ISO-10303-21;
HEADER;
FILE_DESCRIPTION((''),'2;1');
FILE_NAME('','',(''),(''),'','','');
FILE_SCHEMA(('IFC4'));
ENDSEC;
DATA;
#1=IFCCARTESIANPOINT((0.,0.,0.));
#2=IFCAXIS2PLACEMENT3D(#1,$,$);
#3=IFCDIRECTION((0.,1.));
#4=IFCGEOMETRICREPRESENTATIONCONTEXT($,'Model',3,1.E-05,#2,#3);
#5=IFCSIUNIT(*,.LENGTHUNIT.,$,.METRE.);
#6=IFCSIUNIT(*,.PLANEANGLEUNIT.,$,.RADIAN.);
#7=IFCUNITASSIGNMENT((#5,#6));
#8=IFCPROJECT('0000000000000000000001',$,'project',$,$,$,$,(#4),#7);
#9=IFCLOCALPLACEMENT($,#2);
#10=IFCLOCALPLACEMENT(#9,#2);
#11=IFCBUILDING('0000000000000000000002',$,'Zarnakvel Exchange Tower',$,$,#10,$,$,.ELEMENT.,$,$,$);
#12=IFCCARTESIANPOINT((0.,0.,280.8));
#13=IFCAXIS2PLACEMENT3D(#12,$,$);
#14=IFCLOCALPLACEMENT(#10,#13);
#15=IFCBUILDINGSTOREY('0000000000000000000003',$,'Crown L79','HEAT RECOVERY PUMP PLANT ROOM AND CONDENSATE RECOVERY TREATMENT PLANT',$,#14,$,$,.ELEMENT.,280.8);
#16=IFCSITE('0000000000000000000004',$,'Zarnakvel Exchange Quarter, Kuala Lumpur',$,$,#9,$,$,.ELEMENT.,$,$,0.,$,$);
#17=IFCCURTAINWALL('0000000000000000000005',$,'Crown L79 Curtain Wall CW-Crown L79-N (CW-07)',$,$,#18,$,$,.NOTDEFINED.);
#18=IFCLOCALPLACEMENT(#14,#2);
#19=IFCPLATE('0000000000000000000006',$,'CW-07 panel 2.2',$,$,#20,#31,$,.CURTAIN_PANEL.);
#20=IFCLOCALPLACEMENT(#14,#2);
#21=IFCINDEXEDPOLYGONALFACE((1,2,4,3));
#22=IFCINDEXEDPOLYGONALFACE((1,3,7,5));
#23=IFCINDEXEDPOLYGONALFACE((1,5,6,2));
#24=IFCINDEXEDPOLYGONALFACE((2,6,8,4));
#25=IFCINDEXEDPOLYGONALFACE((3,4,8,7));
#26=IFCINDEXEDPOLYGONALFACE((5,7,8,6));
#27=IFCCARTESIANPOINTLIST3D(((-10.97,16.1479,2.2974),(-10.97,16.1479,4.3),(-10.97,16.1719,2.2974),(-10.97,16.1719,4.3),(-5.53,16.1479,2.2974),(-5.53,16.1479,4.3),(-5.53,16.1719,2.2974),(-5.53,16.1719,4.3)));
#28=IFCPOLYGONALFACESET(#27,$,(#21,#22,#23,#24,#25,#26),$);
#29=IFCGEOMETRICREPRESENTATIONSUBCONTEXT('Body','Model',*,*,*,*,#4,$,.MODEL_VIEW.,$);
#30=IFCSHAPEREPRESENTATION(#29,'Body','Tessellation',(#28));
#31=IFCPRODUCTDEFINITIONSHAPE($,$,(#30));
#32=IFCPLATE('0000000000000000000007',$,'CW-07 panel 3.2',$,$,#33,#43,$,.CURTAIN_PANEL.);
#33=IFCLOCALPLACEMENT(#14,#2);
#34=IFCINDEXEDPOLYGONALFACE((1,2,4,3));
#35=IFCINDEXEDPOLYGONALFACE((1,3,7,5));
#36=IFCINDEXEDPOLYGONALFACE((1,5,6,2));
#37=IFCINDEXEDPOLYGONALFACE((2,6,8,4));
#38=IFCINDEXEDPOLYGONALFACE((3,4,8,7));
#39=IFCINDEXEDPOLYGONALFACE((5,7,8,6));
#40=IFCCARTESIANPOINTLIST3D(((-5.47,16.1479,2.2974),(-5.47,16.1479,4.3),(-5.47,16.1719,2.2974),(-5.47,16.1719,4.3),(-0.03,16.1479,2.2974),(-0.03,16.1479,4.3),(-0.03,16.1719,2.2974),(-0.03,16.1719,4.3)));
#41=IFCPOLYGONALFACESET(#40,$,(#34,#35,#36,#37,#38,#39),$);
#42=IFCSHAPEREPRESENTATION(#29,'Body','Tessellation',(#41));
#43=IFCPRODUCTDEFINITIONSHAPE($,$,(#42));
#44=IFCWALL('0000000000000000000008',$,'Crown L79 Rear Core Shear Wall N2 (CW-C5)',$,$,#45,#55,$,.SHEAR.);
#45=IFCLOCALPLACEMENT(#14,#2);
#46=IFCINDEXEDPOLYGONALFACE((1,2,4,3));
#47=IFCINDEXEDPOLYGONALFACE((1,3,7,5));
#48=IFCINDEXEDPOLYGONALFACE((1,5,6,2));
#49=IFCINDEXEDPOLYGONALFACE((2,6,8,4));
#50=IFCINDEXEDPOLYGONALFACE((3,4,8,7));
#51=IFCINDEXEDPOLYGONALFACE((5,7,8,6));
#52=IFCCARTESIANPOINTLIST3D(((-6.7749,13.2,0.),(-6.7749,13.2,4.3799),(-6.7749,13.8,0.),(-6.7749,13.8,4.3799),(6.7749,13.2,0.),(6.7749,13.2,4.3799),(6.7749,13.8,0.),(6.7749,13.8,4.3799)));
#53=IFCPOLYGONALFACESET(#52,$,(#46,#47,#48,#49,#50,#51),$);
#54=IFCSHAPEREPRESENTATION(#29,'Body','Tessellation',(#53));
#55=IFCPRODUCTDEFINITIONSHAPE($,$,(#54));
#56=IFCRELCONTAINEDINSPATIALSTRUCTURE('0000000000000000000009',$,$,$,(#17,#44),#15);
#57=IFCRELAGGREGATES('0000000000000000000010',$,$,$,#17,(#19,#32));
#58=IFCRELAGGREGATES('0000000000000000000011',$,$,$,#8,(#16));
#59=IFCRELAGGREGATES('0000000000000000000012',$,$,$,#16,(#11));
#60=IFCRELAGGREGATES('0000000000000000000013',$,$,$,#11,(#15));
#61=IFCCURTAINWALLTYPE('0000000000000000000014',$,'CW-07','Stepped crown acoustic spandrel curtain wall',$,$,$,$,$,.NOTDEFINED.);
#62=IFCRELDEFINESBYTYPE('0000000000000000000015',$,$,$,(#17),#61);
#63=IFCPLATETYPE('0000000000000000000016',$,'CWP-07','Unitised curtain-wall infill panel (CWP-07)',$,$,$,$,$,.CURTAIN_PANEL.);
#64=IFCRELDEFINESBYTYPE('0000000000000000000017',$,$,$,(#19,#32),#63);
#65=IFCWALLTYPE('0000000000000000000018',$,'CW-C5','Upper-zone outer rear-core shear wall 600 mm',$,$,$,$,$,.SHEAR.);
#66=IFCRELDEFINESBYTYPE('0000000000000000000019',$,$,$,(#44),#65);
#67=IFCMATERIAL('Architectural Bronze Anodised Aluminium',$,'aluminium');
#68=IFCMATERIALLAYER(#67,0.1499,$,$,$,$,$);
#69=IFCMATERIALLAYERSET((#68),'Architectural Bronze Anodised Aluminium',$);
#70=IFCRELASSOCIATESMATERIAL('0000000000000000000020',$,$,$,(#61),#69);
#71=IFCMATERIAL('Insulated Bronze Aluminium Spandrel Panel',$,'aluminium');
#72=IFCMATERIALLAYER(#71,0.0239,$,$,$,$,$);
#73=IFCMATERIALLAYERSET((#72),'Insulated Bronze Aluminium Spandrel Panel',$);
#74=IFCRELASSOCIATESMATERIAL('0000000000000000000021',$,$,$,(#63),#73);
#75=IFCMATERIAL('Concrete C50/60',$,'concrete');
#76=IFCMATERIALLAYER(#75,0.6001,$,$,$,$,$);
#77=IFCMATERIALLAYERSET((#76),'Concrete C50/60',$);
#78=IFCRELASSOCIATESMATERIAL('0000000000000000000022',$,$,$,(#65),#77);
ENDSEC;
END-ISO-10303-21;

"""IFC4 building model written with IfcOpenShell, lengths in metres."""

from ifc_helpers import new_model, si_unit, direction, frame, frame_2d, origin, origin_2d, place, context, subcontext, project, spatial, rectangle, extrude, source, transform, mapped, material, layer, layer_set, type_object, element, aggregate, save


model = new_model("IFC4")

# Units and contexts
model_context = context("Model", 3, precision=1e-05, world=origin(), true_north=direction((0.0, 1.0)))
body_context = subcontext(model_context, "Body", "Model", "MODEL_VIEW")
ifc_project = project(units=[si_unit("LENGTHUNIT", "METRE"), si_unit("PLANEANGLEUNIT", "RADIAN")], contexts=[model_context])

# Site, building, storey
site_placement = place(None, origin())
site = spatial("IfcSite", under=ifc_project, at=site_placement, Name="Zarnakvel Exchange Quarter, Kuala Lumpur", CompositionType="ELEMENT", RefElevation=0.0)
building_placement = place(site_placement, origin())
building = spatial("IfcBuilding", under=site, at=building_placement, Name="Zarnakvel Exchange Tower", CompositionType="ELEMENT")
storey_placement = place(building_placement, frame((0.0, 0.0, 280.8)))
storey = spatial("IfcBuildingStorey", under=building, at=storey_placement, Name="Crown L79", Description="HEAT RECOVERY PUMP PLANT ROOM AND CONDENSATE RECOVERY TREATMENT PLANT", CompositionType="ELEMENT", Elevation=280.8)

# Shared definitions
ifc_material_1 = material(Name="Concrete C50/60", Category="concrete")

# Curtain wall
ifc_material_2 = material(Name="Architectural Bronze Anodised Aluminium", Category="aluminium")
ifc_layer_1 = layer(ifc_material_2, 0.1499)
ifc_layer_set_1 = layer_set([ifc_layer_1], Name="Architectural Bronze Anodised Aluminium")
curtain_wall_type = type_object("IfcCurtainWallType", Name="CW-07", Description="Stepped crown acoustic spandrel curtain wall", PredefinedType="NOTDEFINED", material=ifc_layer_set_1)
curtain_wall_placement = place(storey_placement, origin())
curtain_wall = element("IfcCurtainWall", 1, at=curtain_wall_placement, inside=storey, type_object=curtain_wall_type, Name="Crown L79 Curtain Wall CW-Crown L79-N (CW-07)", PredefinedType="NOTDEFINED")

# Plates
ifc_material_3 = material(Name="Insulated Bronze Aluminium Spandrel Panel", Category="aluminium")
ifc_layer_2 = layer(ifc_material_3, 0.0239)
ifc_layer_set_2 = layer_set([ifc_layer_2], Name="Insulated Bronze Aluminium Spandrel Panel")
plate_type_1 = type_object("IfcPlateType", Name="CWP-07", Description="Unitised curtain-wall infill panel (CWP-07)", PredefinedType="CURTAIN_PANEL", material=ifc_layer_set_2)
shared_shape_1 = source(origin(), body_context, "Body", "SweptSolid", [
    extrude(rectangle(XDim=5.4399, YDim=0.0239, at=origin_2d()), origin(), (0.0, 0.0, 1.0), 2.0027),
])
plate_1_placement = place(storey_placement, frame((-8.25, 16.1599, 2.2974), z_axis=(0.0, 0.0, 1.0), x_axis=(1.0, 0.0, 0.0)))
plate_1 = element("IfcPlate", 2, at=plate_1_placement, type_object=plate_type_1, Name="CW-07 panel 2.2", PredefinedType="CURTAIN_PANEL", context=body_context, shape_type="MappedRepresentation", body=[
    mapped(shared_shape_1, transform((0.0, 0.0, 0.0), x_axis=(1.0, 0.0, 0.0), y_axis=(0.0, 1.0, 0.0), z_axis=(0.0, 0.0, 1.0), scale=1.0)),
])
plate_2_placement = place(storey_placement, frame((-2.75, 16.1599, 2.2974), z_axis=(0.0, 0.0, 1.0), x_axis=(1.0, 0.0, 0.0)))
plate_2 = element("IfcPlate", 3, at=plate_2_placement, type_object=plate_type_1, Name="CW-07 panel 3.2", PredefinedType="CURTAIN_PANEL", context=body_context, shape_type="MappedRepresentation", body=[
    mapped(shared_shape_1, transform((0.0, 0.0, 0.0), x_axis=(1.0, 0.0, 0.0), y_axis=(0.0, 1.0, 0.0), z_axis=(0.0, 0.0, 1.0), scale=1.0)),
])
aggregate(curtain_wall, [plate_1, plate_2])

# Wall
ifc_layer_3 = layer(ifc_material_1, 0.6001)
ifc_layer_set_3 = layer_set([ifc_layer_3], Name="Concrete C50/60")
wall_type = type_object("IfcWallType", Name="CW-C5", Description="Upper-zone outer rear-core shear wall 600 mm", PredefinedType="SHEAR", material=ifc_layer_set_3)
wall_placement = place(storey_placement, frame((-6.7749, 13.5, 0.0), z_axis=(0.0, 0.0, 1.0), x_axis=(1.0, 0.0, 0.0)))
element("IfcWall", 4, at=wall_placement, inside=storey, type_object=wall_type, Name="Crown L79 Rear Core Shear Wall N2 (CW-C5)", PredefinedType="SHEAR", context=body_context, shape_type="SweptSolid", body=[
    extrude(rectangle(XDim=13.5498, YDim=0.6001, at=frame_2d((6.7749, 0.0))), origin(), (0.0, 0.0, 1.0), 4.3799),
])

save(model, "model.ifc")
